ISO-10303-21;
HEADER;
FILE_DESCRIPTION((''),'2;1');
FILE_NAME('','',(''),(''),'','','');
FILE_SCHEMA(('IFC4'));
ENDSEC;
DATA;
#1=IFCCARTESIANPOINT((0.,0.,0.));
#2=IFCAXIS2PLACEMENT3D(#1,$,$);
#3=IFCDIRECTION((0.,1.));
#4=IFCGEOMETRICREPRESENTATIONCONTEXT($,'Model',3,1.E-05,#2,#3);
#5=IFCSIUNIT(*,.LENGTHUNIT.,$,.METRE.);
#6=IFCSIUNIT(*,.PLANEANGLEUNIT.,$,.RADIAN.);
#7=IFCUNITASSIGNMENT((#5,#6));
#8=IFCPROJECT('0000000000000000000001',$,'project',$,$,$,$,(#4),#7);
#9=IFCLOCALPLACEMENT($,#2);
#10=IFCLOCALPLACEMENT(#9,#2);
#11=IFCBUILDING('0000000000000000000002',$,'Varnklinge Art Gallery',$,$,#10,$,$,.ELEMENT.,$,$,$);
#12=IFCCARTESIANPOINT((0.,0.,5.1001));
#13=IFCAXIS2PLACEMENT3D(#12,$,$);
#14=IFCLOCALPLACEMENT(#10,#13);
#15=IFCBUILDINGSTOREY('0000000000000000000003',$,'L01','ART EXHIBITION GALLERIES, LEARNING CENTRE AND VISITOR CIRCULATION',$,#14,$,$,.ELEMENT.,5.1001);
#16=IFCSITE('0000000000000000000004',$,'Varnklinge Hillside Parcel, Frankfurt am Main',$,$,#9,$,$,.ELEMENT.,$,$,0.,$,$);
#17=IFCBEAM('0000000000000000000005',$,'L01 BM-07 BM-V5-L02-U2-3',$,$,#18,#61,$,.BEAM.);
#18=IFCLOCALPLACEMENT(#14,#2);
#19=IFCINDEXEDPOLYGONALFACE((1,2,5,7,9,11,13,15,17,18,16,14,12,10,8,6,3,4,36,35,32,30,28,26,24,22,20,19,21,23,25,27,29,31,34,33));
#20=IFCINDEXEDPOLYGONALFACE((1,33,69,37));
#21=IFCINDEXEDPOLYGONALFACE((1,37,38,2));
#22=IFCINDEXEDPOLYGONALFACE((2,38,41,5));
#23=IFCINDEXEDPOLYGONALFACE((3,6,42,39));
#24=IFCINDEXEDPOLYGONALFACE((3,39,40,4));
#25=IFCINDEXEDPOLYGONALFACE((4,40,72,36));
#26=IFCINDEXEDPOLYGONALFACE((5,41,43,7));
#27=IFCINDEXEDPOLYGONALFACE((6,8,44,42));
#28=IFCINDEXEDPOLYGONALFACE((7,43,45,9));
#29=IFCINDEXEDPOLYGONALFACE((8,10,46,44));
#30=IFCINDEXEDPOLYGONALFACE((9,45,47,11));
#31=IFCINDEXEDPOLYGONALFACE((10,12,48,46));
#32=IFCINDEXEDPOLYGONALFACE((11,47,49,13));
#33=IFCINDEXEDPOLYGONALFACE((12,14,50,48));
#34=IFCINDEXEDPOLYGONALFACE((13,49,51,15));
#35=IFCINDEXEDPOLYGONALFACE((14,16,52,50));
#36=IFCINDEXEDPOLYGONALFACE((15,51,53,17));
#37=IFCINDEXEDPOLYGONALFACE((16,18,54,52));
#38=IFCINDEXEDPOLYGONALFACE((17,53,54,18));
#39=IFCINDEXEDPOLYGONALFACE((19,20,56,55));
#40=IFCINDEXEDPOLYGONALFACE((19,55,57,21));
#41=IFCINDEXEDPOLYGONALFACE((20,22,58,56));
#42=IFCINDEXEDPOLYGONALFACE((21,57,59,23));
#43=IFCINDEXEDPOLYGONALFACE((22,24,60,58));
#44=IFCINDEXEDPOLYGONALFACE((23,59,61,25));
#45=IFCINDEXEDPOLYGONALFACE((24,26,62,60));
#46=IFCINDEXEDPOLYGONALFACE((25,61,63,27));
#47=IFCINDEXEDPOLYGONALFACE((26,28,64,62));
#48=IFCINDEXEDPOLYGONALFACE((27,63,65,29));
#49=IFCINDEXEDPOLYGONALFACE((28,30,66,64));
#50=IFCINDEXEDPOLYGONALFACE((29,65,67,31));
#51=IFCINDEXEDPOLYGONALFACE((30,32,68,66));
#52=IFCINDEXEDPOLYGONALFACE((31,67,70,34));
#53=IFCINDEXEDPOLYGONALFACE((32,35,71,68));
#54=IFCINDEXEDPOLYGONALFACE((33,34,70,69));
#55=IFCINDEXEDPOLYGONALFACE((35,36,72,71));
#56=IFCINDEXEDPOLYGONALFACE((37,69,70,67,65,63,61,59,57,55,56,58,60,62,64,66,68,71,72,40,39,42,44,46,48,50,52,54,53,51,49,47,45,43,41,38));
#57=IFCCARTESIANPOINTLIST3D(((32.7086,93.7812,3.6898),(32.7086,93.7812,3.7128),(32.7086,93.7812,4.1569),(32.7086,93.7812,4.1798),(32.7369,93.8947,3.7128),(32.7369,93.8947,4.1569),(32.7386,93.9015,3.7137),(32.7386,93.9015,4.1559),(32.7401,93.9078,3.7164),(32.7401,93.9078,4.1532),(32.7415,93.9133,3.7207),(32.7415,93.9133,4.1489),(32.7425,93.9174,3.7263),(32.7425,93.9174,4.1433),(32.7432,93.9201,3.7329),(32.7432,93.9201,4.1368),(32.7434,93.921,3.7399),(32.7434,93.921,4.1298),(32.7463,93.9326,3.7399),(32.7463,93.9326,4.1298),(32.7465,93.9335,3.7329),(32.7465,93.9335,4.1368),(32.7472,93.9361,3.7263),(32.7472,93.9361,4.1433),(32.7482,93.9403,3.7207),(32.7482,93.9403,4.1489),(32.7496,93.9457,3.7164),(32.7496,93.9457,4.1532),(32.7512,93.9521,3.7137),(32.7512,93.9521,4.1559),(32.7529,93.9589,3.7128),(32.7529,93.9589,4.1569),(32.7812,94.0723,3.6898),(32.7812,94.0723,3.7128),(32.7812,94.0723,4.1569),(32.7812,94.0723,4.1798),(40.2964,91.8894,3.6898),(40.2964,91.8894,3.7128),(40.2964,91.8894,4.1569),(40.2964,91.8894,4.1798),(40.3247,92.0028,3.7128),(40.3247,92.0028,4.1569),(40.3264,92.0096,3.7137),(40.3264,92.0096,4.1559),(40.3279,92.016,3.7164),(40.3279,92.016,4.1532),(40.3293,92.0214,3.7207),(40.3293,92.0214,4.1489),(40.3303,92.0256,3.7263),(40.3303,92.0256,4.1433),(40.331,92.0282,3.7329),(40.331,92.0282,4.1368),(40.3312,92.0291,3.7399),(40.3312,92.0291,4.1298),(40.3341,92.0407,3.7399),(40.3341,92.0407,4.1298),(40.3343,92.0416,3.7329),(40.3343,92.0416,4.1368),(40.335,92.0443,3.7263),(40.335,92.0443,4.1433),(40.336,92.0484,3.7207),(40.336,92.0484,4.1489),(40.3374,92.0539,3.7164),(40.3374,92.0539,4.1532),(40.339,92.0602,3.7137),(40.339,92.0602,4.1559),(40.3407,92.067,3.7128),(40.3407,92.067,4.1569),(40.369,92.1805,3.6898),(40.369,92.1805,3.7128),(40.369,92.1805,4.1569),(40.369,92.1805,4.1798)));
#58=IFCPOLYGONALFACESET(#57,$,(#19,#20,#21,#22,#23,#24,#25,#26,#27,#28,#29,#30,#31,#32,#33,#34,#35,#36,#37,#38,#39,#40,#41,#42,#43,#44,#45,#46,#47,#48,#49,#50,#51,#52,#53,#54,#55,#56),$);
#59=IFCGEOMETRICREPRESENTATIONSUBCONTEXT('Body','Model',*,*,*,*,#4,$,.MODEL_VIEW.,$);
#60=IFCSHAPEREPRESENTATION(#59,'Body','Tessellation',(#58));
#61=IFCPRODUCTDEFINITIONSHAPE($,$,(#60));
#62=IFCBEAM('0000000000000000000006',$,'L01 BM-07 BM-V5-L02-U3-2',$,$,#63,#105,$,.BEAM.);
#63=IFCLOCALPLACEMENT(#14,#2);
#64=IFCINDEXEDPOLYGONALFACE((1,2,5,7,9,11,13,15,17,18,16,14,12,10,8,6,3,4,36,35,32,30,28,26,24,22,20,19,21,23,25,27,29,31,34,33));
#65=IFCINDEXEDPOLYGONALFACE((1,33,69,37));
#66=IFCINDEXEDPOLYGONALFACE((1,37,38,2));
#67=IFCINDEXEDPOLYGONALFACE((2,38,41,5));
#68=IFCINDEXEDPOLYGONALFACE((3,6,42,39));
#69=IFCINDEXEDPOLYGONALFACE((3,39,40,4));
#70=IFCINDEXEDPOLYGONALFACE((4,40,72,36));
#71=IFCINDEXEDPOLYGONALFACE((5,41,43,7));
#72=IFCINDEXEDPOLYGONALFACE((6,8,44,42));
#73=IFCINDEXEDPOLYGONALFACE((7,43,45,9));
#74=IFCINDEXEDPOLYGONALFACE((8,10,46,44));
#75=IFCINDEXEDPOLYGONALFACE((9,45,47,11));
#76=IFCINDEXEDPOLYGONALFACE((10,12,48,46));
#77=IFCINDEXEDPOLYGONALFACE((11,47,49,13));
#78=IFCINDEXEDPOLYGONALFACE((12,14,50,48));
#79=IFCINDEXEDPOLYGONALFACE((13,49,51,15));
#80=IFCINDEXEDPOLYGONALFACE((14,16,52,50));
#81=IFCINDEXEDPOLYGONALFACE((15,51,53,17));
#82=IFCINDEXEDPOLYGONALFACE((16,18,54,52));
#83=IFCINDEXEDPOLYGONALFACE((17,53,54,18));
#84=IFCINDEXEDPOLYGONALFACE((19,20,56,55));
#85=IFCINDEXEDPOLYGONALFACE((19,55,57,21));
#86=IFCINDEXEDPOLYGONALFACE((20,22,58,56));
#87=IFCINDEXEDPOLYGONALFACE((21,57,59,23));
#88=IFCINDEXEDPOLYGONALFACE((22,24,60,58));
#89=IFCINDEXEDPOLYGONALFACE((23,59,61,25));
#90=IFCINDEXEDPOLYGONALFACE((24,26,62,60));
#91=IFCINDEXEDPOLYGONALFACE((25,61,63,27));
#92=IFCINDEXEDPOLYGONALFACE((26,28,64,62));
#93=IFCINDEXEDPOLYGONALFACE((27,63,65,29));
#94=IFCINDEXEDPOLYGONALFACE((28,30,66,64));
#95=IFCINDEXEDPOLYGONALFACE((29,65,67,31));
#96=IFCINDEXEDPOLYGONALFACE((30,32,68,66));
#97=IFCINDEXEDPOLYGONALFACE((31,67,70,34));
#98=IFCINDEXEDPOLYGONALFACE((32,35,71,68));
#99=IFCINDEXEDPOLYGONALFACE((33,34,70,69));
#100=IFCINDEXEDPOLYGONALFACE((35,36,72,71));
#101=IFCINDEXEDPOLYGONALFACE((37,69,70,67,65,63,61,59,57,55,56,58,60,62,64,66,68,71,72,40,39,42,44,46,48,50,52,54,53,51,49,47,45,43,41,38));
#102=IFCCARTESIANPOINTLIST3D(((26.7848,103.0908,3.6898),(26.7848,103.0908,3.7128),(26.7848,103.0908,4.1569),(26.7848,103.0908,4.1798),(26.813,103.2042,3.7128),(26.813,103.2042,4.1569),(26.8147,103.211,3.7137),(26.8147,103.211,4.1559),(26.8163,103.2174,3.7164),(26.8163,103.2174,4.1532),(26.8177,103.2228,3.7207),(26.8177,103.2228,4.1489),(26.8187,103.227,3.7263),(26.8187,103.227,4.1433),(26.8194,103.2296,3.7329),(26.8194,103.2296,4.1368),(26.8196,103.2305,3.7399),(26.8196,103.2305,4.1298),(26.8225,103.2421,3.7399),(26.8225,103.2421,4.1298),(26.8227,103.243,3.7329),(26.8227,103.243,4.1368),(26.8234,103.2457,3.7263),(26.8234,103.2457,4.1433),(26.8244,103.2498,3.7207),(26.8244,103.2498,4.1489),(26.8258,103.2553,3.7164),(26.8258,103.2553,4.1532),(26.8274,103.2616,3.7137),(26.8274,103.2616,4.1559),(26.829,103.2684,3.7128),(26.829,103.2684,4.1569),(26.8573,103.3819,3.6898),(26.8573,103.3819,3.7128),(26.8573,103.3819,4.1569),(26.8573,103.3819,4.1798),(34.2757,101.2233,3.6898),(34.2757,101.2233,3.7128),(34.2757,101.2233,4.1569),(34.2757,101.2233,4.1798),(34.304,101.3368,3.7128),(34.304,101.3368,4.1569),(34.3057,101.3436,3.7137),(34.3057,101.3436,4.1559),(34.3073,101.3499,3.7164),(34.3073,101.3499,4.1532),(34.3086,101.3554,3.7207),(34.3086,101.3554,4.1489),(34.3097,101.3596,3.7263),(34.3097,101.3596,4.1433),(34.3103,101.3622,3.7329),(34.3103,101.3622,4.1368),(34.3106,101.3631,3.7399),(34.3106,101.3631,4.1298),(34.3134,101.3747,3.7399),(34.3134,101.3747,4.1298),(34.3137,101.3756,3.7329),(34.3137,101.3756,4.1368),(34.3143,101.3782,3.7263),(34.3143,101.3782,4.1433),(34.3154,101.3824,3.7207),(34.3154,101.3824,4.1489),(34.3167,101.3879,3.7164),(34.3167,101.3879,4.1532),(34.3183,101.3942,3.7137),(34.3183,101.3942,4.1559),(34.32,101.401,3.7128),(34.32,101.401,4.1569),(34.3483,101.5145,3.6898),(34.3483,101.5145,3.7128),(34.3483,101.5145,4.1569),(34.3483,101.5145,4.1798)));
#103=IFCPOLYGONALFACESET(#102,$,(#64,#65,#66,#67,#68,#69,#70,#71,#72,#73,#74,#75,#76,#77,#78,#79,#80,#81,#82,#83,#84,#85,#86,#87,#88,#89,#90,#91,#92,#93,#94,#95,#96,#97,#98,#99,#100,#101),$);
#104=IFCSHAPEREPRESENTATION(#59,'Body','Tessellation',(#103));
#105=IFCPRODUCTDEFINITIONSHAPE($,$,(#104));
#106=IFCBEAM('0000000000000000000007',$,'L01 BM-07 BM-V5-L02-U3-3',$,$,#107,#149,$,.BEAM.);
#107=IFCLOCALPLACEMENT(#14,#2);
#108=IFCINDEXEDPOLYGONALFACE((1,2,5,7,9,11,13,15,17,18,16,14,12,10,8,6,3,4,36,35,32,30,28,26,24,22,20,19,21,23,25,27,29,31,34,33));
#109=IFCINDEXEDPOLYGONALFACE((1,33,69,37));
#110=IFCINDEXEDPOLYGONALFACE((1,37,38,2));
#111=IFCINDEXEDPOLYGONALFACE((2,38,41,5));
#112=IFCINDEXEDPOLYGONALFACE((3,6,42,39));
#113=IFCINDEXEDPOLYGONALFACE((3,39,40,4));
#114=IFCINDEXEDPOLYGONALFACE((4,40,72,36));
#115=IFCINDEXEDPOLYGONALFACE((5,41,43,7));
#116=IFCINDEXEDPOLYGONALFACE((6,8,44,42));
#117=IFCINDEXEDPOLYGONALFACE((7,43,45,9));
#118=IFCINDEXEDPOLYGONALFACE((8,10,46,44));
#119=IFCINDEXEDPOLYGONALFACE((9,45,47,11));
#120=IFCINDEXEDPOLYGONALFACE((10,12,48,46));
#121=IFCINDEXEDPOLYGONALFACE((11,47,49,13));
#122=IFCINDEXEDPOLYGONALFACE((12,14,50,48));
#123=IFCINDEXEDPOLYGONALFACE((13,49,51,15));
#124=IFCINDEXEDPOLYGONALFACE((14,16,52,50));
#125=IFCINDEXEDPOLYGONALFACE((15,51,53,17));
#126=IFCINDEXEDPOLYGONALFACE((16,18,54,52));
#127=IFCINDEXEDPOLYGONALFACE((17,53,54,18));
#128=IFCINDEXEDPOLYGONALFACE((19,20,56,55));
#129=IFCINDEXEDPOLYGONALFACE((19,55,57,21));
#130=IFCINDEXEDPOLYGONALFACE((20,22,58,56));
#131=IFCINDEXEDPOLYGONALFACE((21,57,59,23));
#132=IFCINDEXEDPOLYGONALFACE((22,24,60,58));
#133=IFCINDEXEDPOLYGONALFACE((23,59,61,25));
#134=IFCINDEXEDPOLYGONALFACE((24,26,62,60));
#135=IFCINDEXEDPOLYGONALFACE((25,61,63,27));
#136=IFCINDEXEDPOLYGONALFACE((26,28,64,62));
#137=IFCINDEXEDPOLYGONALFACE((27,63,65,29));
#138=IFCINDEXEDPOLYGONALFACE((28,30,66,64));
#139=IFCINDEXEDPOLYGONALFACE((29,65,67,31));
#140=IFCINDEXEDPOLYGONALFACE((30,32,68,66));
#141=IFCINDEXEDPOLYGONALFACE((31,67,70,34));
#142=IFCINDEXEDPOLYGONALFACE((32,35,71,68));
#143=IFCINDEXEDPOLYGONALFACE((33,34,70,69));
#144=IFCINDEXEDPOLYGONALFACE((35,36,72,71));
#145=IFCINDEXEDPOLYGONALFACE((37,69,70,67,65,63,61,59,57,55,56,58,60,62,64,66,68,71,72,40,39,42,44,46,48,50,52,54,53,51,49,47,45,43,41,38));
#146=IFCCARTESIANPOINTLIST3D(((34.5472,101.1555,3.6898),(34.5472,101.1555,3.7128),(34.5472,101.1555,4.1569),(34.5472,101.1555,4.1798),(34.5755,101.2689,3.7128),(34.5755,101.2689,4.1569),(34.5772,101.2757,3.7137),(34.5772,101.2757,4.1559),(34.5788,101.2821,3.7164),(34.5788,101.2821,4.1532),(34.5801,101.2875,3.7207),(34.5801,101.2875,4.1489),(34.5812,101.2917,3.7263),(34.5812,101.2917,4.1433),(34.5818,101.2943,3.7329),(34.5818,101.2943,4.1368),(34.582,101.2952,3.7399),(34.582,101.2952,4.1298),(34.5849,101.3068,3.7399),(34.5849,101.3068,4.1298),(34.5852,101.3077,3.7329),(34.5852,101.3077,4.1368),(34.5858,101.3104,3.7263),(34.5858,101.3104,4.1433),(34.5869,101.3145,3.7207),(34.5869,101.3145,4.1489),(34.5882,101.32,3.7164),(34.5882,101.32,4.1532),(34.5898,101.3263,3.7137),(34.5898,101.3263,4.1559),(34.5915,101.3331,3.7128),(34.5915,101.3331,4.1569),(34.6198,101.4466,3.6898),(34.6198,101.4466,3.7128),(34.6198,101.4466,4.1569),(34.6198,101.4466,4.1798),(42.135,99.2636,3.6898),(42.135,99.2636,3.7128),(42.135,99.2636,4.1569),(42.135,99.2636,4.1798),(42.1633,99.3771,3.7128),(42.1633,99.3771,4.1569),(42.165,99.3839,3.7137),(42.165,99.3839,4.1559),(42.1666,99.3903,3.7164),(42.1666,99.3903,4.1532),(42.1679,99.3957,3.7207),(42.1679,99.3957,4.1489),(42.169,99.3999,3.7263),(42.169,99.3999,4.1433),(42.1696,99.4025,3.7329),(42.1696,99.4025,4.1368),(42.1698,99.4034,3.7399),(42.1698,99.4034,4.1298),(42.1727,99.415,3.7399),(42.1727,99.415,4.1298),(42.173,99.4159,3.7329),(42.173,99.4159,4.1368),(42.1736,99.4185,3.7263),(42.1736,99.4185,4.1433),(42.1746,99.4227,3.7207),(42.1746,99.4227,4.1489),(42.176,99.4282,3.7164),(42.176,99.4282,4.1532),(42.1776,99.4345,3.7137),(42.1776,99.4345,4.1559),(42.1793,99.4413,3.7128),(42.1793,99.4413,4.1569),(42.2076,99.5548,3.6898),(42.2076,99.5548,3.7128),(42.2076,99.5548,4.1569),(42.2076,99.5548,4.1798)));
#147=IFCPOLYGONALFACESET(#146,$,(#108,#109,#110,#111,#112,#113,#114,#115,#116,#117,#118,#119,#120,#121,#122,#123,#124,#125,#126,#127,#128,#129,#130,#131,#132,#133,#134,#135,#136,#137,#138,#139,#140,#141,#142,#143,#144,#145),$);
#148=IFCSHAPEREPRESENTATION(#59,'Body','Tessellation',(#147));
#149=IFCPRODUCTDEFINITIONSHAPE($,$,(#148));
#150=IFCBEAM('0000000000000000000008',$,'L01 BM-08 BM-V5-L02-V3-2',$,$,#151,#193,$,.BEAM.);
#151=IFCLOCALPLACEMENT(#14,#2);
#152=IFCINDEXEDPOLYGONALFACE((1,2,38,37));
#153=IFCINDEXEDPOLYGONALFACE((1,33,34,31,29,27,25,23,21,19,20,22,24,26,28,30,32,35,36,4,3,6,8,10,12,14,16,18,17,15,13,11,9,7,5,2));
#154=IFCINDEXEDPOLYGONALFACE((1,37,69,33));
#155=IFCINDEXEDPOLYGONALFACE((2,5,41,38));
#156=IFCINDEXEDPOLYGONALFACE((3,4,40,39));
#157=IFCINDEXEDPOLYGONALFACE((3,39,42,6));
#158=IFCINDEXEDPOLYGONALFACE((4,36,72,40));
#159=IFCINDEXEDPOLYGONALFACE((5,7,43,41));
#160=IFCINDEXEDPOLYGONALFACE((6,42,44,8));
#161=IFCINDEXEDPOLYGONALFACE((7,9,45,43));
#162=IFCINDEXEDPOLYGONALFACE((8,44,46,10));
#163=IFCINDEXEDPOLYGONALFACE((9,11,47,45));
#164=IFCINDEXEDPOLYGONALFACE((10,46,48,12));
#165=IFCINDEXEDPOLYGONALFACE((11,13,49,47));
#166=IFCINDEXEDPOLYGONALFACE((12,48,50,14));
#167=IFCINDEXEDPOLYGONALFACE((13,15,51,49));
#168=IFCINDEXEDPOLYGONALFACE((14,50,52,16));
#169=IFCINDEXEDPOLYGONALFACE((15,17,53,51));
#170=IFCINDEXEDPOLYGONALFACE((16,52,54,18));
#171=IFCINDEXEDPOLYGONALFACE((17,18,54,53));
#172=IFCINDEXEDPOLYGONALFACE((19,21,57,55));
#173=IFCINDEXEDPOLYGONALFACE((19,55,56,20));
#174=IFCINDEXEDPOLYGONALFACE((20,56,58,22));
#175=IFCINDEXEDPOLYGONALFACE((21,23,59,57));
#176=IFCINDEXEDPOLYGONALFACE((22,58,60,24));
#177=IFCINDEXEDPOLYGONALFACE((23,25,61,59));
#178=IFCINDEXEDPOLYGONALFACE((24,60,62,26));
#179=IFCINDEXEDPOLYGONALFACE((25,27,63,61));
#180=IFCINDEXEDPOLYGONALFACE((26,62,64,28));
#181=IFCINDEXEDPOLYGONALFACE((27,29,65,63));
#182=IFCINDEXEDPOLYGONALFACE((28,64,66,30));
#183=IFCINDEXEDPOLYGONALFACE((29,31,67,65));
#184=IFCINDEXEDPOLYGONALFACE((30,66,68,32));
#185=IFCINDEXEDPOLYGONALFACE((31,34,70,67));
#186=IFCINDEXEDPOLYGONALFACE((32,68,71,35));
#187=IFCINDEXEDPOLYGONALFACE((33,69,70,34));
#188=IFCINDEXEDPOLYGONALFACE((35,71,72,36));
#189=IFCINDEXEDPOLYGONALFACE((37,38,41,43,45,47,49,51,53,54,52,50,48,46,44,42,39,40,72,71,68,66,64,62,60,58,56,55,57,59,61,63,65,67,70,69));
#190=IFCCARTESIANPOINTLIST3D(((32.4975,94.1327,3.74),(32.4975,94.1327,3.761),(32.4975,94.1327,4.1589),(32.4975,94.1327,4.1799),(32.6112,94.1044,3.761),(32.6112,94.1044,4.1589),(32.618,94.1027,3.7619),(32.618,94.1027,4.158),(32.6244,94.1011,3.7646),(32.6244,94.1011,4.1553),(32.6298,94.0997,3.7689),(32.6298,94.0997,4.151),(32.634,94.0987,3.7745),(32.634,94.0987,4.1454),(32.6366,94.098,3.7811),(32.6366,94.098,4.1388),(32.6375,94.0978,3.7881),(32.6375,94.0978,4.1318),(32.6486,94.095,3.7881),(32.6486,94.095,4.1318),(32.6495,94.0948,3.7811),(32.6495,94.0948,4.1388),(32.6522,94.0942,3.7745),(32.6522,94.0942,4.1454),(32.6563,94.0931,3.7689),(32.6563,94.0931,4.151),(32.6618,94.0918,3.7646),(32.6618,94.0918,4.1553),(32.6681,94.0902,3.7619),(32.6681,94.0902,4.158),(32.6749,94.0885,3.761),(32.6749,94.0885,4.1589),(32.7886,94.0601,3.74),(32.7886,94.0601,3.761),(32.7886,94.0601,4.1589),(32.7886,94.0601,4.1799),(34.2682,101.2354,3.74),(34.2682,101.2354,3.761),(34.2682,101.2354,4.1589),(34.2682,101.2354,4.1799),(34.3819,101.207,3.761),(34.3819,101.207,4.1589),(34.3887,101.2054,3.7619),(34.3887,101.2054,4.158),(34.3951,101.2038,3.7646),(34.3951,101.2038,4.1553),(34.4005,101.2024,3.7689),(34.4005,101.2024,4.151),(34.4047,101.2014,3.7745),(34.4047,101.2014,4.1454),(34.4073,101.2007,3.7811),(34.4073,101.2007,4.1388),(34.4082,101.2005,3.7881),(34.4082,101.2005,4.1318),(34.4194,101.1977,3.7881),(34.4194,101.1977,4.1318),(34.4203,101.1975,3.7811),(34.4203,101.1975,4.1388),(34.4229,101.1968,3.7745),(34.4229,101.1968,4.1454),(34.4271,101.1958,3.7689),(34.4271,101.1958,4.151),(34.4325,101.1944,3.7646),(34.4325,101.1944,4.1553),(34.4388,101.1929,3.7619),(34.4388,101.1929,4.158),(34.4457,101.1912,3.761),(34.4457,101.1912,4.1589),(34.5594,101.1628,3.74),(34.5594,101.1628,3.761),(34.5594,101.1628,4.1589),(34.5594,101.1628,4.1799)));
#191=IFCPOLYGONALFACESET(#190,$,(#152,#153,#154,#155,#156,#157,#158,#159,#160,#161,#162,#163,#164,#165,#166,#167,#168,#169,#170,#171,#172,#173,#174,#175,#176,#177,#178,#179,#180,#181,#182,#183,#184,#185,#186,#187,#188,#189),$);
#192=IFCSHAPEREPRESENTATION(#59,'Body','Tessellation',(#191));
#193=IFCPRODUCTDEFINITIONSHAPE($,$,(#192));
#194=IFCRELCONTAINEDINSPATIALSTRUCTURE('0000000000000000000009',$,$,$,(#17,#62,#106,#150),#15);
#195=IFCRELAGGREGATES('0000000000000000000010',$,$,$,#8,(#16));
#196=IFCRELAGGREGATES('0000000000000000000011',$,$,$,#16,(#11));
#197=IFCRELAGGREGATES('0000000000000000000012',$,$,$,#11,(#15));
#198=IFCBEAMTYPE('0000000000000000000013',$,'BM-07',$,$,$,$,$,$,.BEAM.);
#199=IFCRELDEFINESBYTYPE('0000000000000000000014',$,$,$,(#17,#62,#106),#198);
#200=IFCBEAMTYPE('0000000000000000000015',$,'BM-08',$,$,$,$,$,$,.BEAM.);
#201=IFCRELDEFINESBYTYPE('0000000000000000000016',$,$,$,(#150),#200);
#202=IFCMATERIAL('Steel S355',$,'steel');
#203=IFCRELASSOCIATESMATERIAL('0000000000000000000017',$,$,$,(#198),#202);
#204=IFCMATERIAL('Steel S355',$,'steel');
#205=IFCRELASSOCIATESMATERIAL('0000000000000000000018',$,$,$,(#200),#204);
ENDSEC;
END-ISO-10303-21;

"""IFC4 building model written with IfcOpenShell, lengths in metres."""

from ifc_helpers import new_model, si_unit, direction, frame, origin, origin_2d, place, context, subcontext, project, spatial, i_section, extrude, material, material_profile, profile_set, type_object, element, save


model = new_model("IFC4")

# Units and contexts
model_context = context("Model", 3, precision=1e-05, world=origin(), true_north=direction((0.0, 1.0)))
body_context = subcontext(model_context, "Body", "Model", "MODEL_VIEW")
ifc_project = project(units=[si_unit("LENGTHUNIT", "METRE"), si_unit("PLANEANGLEUNIT", "RADIAN")], contexts=[model_context])

# Site, building, storey
site_placement = place(None, origin())
site = spatial("IfcSite", under=ifc_project, at=site_placement, Name="Varnklinge Hillside Parcel, Frankfurt am Main", CompositionType="ELEMENT", RefElevation=0.0)
building_placement = place(site_placement, origin())
building = spatial("IfcBuilding", under=site, at=building_placement, Name="Varnklinge Art Gallery", CompositionType="ELEMENT")
storey_placement = place(building_placement, frame((0.0, 0.0, 5.1001)))
storey = spatial("IfcBuildingStorey", under=building, at=storey_placement, Name="L01", Description="ART EXHIBITION GALLERIES, LEARNING CENTRE AND VISITOR CIRCULATION", CompositionType="ELEMENT", Elevation=5.1001)

# Beams
ifc_material_1 = material(Name="Steel S355", Category="steel")
ifc_material_profile_1 = material_profile(ifc_material_1, i_section(OverallWidth=0.3, OverallDepth=0.49, WebThickness=0.012, FlangeThickness=0.0229, FilletRadius=0.0271, at=origin_2d()), Name="HEA 500")
ifc_profile_set_1 = profile_set([ifc_material_profile_1], Name="Steel S355")
beam_type_1 = type_object("IfcBeamType", Name="BM-07", PredefinedType="BEAM", material=ifc_profile_set_1)
beam_1_placement = place(storey_placement, frame((32.7449, 93.9268, 3.9348), z_axis=(0.970297, -0.241919, 0.0), x_axis=(0.241919, 0.970297, 0.0)))
element("IfcBeam", 1, at=beam_1_placement, inside=storey, type_object=beam_type_1, Name="L01 BM-07 BM-V5-L02-U2-3", PredefinedType="BEAM", context=body_context, shape_type="SweptSolid", body=[
    extrude(i_section(OverallWidth=0.3, OverallDepth=0.49, WebThickness=0.012, FlangeThickness=0.0229, FilletRadius=0.0271, at=origin_2d()), origin(), (0.0, 0.0, 1.0), 7.8201),
])
beam_2_placement = place(storey_placement, frame((26.821, 103.2363, 3.9348), z_axis=(0.970304, -0.241888, 0.0), x_axis=(0.241888, 0.970304, 0.0)))
element("IfcBeam", 2, at=beam_2_placement, inside=storey, type_object=beam_type_1, Name="L01 BM-07 BM-V5-L02-U3-2", PredefinedType="BEAM", context=body_context, shape_type="SweptSolid", body=[
    extrude(i_section(OverallWidth=0.3, OverallDepth=0.49, WebThickness=0.012, FlangeThickness=0.0229, FilletRadius=0.0271, at=origin_2d()), origin(), (0.0, 0.0, 1.0), 7.7202),
])
beam_3_placement = place(storey_placement, frame((34.5835, 101.301, 3.9348), z_axis=(0.970297, -0.241919, 0.0), x_axis=(0.241919, 0.970297, 0.0)))
element("IfcBeam", 3, at=beam_3_placement, inside=storey, type_object=beam_type_1, Name="L01 BM-07 BM-V5-L02-U3-3", PredefinedType="BEAM", context=body_context, shape_type="SweptSolid", body=[
    extrude(i_section(OverallWidth=0.3, OverallDepth=0.49, WebThickness=0.012, FlangeThickness=0.0229, FilletRadius=0.0271, at=origin_2d()), origin(), (0.0, 0.0, 1.0), 7.8201),
])
ifc_material_2 = material(Name="Steel S355", Category="steel")
ifc_material_profile_2 = material_profile(ifc_material_2, i_section(OverallWidth=0.3, OverallDepth=0.4399, WebThickness=0.0115, FlangeThickness=0.021, FilletRadius=0.0271, at=origin_2d()), Name="HEA 450")
ifc_profile_set_2 = profile_set([ifc_material_profile_2], Name="Steel S355")
beam_type_2 = type_object("IfcBeamType", Name="BM-08", PredefinedType="BEAM", material=ifc_profile_set_2)
beam_4_placement = place(storey_placement, frame((32.6431, 94.0964, 3.96), z_axis=(0.2419, 0.970301, 0.0), x_axis=(-0.970301, 0.2419, 0.0)))
element("IfcBeam", 4, at=beam_4_placement, inside=storey, type_object=beam_type_2, Name="L01 BM-08 BM-V5-L02-V3-2", PredefinedType="BEAM", context=body_context, shape_type="SweptSolid", body=[
    extrude(i_section(OverallWidth=0.3, OverallDepth=0.4399, WebThickness=0.0115, FlangeThickness=0.021, FilletRadius=0.0271, at=origin_2d()), origin(), (0.0, 0.0, 1.0), 7.3201),
])

save(model, "model.ifc")
